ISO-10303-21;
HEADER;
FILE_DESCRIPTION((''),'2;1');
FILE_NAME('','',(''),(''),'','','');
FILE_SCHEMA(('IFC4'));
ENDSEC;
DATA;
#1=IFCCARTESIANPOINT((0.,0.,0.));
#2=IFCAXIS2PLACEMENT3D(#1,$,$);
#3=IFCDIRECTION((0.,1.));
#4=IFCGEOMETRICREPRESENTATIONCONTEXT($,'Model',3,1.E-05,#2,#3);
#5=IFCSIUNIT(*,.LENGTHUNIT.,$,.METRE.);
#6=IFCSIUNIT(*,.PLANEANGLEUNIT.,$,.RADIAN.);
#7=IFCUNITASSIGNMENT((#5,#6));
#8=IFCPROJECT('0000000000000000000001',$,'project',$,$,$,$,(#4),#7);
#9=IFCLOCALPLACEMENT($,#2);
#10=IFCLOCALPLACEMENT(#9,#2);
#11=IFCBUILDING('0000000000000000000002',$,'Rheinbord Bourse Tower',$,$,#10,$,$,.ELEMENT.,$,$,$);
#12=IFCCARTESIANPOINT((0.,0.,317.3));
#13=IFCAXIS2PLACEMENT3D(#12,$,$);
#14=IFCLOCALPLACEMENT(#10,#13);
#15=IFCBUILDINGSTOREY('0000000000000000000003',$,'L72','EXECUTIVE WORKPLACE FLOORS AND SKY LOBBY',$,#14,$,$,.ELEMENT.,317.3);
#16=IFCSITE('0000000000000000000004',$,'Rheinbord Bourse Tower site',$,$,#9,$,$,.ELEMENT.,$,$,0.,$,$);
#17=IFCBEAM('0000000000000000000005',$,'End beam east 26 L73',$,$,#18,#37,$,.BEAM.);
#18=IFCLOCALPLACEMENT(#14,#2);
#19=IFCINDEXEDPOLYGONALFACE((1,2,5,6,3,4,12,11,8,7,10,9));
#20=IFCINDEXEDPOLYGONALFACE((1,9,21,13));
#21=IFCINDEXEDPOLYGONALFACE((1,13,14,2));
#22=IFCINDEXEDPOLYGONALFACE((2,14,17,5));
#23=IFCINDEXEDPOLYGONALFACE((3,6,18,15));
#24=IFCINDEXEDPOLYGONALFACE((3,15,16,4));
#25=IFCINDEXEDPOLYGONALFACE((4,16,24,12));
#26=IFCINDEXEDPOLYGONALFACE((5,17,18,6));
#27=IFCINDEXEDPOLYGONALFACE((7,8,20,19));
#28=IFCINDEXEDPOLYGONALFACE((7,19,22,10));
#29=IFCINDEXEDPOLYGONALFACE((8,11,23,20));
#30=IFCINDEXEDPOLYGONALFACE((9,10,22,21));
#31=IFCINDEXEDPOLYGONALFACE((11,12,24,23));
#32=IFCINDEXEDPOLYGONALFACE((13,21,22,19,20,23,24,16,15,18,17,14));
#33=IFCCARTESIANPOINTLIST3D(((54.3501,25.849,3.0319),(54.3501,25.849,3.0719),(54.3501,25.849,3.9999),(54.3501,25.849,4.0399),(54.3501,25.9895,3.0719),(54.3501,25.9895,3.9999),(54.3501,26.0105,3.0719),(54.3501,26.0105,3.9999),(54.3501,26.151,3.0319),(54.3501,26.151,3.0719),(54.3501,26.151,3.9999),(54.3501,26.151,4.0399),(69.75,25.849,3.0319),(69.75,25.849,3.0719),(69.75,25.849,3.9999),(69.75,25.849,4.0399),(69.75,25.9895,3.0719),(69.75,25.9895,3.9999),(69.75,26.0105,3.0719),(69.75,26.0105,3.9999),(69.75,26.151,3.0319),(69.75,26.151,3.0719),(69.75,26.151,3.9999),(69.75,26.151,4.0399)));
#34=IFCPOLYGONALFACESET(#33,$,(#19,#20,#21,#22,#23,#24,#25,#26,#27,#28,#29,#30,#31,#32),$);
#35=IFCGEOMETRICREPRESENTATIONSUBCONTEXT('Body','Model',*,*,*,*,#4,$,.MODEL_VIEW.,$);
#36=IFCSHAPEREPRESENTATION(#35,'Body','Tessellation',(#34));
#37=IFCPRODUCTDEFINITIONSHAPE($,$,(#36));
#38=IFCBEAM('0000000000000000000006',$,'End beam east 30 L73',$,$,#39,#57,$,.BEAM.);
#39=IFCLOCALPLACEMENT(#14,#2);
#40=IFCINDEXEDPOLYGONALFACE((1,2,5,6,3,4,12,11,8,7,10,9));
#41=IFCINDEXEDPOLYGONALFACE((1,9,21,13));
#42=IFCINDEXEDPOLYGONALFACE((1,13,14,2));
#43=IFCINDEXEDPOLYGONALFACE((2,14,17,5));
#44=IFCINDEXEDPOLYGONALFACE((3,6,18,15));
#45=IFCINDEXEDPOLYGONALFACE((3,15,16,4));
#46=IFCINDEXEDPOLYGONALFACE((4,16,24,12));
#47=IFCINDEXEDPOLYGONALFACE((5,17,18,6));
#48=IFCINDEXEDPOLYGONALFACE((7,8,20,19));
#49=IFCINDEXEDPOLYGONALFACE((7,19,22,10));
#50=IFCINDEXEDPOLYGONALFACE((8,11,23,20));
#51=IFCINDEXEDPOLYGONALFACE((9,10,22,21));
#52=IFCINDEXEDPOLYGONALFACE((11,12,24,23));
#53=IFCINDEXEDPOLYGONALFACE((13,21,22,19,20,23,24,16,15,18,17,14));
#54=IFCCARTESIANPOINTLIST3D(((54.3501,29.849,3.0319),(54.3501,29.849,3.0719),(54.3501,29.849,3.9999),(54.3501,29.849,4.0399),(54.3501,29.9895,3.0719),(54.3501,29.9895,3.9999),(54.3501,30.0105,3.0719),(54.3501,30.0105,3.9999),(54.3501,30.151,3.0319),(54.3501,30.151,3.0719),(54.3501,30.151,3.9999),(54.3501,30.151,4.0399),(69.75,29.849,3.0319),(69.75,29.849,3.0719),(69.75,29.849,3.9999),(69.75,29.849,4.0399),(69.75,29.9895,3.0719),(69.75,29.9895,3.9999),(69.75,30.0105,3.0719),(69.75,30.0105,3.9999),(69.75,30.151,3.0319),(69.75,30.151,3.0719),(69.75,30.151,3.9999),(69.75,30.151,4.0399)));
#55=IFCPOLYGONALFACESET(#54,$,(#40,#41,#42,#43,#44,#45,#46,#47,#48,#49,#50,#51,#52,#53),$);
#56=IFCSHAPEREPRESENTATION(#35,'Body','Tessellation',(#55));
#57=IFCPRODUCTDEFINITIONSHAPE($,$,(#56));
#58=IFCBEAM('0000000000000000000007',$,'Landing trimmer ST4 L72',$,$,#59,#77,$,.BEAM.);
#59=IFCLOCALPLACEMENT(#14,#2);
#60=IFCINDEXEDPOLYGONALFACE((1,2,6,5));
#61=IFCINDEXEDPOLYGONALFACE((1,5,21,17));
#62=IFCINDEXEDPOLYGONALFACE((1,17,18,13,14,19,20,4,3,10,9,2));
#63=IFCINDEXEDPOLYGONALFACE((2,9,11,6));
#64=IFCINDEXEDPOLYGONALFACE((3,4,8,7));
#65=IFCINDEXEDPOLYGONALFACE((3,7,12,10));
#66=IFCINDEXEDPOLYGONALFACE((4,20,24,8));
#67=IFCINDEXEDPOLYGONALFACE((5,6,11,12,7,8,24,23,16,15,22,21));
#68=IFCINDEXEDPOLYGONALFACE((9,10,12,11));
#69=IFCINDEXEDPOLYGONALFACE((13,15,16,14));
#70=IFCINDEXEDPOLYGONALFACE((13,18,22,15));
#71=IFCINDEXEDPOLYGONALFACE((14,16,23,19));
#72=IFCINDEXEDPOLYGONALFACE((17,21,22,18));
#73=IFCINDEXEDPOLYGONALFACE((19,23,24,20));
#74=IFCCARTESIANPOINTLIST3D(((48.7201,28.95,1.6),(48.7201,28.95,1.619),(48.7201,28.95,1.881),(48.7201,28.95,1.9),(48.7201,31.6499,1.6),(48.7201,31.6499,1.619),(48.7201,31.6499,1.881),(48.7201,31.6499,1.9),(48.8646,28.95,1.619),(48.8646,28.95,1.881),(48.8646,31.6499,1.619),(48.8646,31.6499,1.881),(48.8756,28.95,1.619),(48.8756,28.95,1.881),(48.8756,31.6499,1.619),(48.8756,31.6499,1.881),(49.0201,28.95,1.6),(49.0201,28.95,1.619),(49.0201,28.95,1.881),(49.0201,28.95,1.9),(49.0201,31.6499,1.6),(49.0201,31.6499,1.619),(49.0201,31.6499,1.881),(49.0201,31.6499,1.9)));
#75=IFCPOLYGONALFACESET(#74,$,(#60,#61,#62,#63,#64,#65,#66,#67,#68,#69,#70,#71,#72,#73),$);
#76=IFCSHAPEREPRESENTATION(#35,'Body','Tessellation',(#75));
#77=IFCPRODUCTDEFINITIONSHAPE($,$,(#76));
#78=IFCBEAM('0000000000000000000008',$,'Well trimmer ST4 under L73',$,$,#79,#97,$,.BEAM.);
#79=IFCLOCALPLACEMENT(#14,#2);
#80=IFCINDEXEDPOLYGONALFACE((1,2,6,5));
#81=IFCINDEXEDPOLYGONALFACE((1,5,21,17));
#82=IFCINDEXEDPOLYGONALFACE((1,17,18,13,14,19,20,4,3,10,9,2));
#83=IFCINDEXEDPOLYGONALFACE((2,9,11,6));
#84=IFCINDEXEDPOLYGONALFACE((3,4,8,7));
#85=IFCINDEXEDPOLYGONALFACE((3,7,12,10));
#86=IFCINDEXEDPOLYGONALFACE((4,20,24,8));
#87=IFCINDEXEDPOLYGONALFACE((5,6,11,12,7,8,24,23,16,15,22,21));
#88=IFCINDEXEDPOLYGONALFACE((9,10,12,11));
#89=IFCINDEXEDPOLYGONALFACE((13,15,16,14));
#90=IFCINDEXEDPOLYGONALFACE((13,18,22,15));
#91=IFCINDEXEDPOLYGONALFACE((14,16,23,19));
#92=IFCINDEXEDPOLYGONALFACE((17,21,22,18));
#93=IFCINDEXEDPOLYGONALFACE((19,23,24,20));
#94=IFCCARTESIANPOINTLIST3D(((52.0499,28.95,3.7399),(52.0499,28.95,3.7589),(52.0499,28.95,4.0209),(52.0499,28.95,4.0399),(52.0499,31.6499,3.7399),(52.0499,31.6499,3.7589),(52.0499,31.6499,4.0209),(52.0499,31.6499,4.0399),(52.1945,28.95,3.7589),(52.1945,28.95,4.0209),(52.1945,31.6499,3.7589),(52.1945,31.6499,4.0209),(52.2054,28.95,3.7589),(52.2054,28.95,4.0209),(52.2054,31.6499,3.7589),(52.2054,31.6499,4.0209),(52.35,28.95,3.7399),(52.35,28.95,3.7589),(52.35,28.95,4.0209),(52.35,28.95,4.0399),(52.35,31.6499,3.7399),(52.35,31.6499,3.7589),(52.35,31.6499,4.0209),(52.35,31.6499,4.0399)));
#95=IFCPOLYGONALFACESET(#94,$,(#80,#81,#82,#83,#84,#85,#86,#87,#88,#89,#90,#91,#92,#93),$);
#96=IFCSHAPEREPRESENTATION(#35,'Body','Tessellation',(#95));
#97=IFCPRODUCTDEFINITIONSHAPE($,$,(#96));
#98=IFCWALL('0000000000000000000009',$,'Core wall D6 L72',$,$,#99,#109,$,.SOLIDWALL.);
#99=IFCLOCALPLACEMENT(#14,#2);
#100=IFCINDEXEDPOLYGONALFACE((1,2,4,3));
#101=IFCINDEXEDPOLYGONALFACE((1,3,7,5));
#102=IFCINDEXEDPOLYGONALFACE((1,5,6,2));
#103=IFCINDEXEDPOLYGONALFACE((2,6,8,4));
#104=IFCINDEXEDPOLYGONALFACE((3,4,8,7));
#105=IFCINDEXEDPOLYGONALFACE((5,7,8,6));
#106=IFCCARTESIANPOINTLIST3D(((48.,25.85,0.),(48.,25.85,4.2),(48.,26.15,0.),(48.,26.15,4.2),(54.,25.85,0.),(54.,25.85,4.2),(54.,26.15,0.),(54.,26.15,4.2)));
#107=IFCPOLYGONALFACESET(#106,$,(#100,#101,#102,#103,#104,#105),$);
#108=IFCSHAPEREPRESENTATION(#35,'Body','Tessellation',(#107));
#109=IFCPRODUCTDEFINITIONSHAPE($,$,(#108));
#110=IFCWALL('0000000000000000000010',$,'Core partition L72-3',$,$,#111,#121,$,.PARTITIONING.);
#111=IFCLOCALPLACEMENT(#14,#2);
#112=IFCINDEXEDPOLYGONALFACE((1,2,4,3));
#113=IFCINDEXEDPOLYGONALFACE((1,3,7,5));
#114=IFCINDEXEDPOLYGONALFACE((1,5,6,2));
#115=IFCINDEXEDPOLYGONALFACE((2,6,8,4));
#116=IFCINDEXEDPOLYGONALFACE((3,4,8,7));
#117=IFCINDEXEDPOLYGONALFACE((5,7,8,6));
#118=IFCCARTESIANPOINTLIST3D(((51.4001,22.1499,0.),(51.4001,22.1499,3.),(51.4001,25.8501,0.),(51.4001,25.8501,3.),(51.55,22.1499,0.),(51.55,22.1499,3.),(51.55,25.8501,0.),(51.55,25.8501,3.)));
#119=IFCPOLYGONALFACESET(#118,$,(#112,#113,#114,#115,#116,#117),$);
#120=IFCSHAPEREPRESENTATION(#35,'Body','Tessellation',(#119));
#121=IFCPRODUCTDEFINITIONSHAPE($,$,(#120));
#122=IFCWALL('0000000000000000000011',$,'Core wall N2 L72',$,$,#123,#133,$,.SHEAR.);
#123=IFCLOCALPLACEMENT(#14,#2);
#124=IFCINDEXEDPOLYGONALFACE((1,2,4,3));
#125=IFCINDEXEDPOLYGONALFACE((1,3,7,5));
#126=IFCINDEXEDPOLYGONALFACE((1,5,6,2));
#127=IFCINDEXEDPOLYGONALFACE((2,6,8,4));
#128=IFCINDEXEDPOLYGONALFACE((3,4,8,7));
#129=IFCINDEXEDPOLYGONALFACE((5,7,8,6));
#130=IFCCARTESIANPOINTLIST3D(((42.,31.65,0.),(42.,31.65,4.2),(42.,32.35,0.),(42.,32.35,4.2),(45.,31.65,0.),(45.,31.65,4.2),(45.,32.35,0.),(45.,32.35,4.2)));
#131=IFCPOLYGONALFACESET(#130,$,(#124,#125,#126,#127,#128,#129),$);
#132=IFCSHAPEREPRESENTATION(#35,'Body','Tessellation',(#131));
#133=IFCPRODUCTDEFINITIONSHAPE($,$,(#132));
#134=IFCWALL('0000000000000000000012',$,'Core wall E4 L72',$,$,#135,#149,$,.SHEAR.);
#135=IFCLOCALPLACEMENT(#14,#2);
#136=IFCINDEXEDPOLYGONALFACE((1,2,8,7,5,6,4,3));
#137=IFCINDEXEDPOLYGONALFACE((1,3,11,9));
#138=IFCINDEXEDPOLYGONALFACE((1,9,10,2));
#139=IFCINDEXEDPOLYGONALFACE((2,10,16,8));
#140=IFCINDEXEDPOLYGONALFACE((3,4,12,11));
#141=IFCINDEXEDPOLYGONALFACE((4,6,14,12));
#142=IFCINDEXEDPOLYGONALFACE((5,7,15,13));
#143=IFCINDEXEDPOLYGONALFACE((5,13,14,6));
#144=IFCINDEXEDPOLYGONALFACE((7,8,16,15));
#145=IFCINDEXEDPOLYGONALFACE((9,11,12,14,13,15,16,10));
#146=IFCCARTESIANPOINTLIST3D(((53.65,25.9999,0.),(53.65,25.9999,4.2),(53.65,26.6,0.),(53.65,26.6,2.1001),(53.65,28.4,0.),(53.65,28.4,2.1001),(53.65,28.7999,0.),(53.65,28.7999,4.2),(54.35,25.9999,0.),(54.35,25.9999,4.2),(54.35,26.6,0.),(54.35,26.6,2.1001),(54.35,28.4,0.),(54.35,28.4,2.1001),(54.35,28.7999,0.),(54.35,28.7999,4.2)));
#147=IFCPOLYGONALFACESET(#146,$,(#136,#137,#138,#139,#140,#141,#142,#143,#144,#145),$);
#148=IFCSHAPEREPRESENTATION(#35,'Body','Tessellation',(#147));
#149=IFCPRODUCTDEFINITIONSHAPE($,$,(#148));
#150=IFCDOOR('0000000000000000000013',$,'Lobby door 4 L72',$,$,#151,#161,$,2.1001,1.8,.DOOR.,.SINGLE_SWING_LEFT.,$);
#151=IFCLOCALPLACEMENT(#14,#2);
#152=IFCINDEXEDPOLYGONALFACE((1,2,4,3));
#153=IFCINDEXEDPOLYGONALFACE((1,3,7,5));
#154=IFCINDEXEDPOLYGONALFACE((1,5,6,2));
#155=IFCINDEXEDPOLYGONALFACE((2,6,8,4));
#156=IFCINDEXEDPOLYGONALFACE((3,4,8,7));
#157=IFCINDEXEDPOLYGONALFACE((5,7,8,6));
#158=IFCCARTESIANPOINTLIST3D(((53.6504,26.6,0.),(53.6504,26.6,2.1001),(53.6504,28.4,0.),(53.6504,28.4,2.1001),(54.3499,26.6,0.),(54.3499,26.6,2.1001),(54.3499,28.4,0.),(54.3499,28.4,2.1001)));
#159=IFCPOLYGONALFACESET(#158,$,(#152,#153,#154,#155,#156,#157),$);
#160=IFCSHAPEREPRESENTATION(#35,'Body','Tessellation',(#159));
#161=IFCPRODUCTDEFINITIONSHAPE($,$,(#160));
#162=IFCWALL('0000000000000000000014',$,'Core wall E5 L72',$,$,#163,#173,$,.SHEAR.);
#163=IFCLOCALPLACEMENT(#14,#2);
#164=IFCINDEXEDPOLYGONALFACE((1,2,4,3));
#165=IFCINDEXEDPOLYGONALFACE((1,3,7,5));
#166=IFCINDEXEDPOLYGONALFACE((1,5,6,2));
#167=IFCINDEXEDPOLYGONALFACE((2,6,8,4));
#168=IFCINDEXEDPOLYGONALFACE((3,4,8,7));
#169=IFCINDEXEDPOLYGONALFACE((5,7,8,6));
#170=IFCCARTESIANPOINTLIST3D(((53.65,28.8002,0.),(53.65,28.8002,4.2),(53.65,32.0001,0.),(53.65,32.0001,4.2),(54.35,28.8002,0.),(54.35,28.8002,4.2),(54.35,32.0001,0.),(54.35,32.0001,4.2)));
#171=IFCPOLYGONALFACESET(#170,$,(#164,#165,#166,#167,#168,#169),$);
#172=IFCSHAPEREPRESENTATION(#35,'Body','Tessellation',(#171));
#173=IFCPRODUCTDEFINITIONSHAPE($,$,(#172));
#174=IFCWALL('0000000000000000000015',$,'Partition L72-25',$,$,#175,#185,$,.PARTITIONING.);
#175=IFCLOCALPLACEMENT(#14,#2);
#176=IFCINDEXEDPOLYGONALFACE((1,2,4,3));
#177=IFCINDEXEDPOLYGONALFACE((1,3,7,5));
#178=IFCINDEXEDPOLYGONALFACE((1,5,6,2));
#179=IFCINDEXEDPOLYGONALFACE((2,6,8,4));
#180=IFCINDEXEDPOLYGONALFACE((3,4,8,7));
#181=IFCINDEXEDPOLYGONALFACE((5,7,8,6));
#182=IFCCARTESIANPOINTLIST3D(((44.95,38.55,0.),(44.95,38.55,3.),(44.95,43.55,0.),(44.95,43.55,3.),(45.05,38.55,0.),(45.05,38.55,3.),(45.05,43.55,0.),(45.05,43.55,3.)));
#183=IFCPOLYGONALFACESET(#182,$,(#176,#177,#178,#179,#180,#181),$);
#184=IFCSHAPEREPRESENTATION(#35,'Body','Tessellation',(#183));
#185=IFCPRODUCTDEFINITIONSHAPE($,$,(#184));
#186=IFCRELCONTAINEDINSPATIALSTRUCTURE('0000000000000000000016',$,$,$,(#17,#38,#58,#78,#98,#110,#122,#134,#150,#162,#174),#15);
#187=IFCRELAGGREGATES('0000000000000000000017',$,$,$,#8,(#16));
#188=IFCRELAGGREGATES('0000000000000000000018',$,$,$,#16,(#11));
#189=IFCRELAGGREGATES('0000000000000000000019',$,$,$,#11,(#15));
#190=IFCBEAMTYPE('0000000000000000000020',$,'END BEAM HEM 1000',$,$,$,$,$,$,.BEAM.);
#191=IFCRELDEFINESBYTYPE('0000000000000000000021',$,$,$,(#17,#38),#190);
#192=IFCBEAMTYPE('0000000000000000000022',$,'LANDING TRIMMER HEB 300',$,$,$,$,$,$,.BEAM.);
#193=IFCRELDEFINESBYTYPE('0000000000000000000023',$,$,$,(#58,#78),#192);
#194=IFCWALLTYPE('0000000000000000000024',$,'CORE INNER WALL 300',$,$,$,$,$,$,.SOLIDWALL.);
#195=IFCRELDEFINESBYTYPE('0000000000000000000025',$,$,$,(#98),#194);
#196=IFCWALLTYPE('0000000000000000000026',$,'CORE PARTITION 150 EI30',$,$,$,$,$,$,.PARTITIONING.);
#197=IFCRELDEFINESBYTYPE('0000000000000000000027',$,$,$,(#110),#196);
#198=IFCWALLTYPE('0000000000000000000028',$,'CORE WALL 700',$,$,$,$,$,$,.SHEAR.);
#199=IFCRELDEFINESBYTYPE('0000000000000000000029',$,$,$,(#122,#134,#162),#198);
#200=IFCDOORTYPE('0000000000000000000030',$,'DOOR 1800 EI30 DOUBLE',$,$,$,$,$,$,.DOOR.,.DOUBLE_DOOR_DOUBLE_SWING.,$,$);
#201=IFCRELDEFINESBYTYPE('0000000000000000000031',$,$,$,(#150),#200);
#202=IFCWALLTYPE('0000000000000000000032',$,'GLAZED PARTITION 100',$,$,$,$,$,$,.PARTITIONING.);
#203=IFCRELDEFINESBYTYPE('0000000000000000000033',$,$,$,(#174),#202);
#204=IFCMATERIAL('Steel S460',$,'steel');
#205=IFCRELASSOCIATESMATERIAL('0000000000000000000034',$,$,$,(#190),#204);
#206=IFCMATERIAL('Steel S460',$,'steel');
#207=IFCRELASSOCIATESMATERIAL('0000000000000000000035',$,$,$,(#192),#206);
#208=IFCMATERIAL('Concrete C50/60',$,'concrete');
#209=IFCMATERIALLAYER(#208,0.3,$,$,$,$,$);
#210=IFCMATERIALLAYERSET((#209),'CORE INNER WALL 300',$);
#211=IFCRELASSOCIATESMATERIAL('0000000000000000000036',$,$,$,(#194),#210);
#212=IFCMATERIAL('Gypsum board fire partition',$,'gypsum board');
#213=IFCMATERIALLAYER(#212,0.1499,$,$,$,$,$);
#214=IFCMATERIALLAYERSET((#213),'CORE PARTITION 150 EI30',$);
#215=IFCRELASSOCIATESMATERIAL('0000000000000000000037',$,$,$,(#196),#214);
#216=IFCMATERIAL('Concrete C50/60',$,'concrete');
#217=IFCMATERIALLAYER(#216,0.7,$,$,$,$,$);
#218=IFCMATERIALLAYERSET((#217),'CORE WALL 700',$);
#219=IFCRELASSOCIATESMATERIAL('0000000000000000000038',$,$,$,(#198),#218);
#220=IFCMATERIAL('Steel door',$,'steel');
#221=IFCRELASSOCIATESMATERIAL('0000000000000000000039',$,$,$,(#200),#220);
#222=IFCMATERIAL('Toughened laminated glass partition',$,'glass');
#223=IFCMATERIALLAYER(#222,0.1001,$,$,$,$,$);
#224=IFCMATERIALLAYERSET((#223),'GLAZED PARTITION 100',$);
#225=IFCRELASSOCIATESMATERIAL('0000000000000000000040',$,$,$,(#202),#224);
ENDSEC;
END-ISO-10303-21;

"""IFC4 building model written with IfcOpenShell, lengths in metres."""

from ifc_helpers import new_model, si_unit, direction, frame, frame_2d, origin, origin_2d, place, context, subcontext, project, spatial, rectangle, i_section, extrude, material, layer, layer_set, material_profile, profile_set, type_object, element, fill, save


model = new_model("IFC4")

# Units and contexts
model_context = context("Model", 3, precision=1e-05, world=origin(), true_north=direction((0.0, 1.0)))
body_context = subcontext(model_context, "Body", "Model", "MODEL_VIEW")
ifc_project = project(units=[si_unit("LENGTHUNIT", "METRE"), si_unit("PLANEANGLEUNIT", "RADIAN")], contexts=[model_context])

# Site, building, storey
site_placement = place(None, origin())
site = spatial("IfcSite", under=ifc_project, at=site_placement, Name="Rheinbord Bourse Tower site", CompositionType="ELEMENT", RefElevation=0.0)
building_placement = place(site_placement, origin())
building = spatial("IfcBuilding", under=site, at=building_placement, Name="Rheinbord Bourse Tower", CompositionType="ELEMENT")
storey_placement = place(building_placement, frame((0.0, 0.0, 317.3)))
storey = spatial("IfcBuildingStorey", under=building, at=storey_placement, Name="L72", Description="EXECUTIVE WORKPLACE FLOORS AND SKY LOBBY", CompositionType="ELEMENT", Elevation=317.3)

# Beams
ifc_material_1 = material(Name="Steel S460", Category="steel")
ifc_material_profile_1 = material_profile(ifc_material_1, i_section(OverallWidth=0.302, OverallDepth=1.0081, WebThickness=0.021, FlangeThickness=0.04, at=origin_2d()), Name="HEM 1000")
ifc_profile_set_1 = profile_set([ifc_material_profile_1], Name="Steel S460")
beam_type_1 = type_object("IfcBeamType", Name="END BEAM HEM 1000", PredefinedType="BEAM", material=ifc_profile_set_1)
for number, where, z_axis, x_axis, name in (
    (1, (54.3501, 26.0, 3.5359), (1.0, 0.0, 0.0), (0.0, 1.0, 0.0), "End beam east 26 L73"),
    (2, (54.3501, 30.0, 3.5359), (1.0, 0.0, 0.0), (0.0, 1.0, 0.0), "End beam east 30 L73"),
):
    element("IfcBeam", number, at=place(storey_placement, frame(where, z_axis=z_axis, x_axis=x_axis)), inside=storey, type_object=beam_type_1, Name=name, PredefinedType="BEAM", context=body_context, shape_type="SweptSolid", body=[
        extrude(i_section(OverallWidth=0.302, OverallDepth=1.0081, WebThickness=0.021, FlangeThickness=0.04, at=origin_2d()), origin(), (0.0, 0.0, 1.0), 15.3999),
    ])
ifc_material_2 = material(Name="Steel S460", Category="steel")
ifc_material_profile_2 = material_profile(ifc_material_2, i_section(OverallWidth=0.3, OverallDepth=0.3, WebThickness=0.011, FlangeThickness=0.019, at=origin_2d()), Name="HEB 300")
ifc_profile_set_2 = profile_set([ifc_material_profile_2], Name="Steel S460")
beam_type_2 = type_object("IfcBeamType", Name="LANDING TRIMMER HEB 300", PredefinedType="BEAM", material=ifc_profile_set_2)
for number, where, z_axis, x_axis, name in (
    (3, (48.8701, 28.95, 1.75), (0.0, 1.0, 0.0), (-1.0, 0.0, 0.0), "Landing trimmer ST4 L72"),
    (4, (52.2, 28.95, 3.8899), (0.0, 1.0, 0.0), (-1.0, 0.0, 0.0), "Well trimmer ST4 under L73"),
):
    element("IfcBeam", number, at=place(storey_placement, frame(where, z_axis=z_axis, x_axis=x_axis)), inside=storey, type_object=beam_type_2, Name=name, PredefinedType="BEAM", context=body_context, shape_type="SweptSolid", body=[
        extrude(i_section(OverallWidth=0.3, OverallDepth=0.3, WebThickness=0.011, FlangeThickness=0.019, at=origin_2d()), origin(), (0.0, 0.0, 1.0), 2.7),
    ])

# Walls
ifc_material_3 = material(Name="Concrete C50/60", Category="concrete")
ifc_layer_1 = layer(ifc_material_3, 0.3)
ifc_layer_set_1 = layer_set([ifc_layer_1], Name="CORE INNER WALL 300")
wall_type_1 = type_object("IfcWallType", Name="CORE INNER WALL 300", PredefinedType="SOLIDWALL", material=ifc_layer_set_1)
wall_1_placement = place(storey_placement, frame((48.0, 26.0, 0.0), z_axis=(0.0, 0.0, 1.0), x_axis=(1.0, 0.0, 0.0)))
element("IfcWall", 5, at=wall_1_placement, inside=storey, type_object=wall_type_1, Name="Core wall D6 L72", PredefinedType="SOLIDWALL", context=body_context, shape_type="SweptSolid", body=[
    extrude(rectangle(XDim=6.0, YDim=0.3, at=frame_2d((3.0, 0.0))), origin(), (0.0, 0.0, 1.0), 4.2),
])
ifc_material_4 = material(Name="Gypsum board fire partition", Category="gypsum board")
ifc_layer_2 = layer(ifc_material_4, 0.1499)
ifc_layer_set_2 = layer_set([ifc_layer_2], Name="CORE PARTITION 150 EI30")
wall_type_2 = type_object("IfcWallType", Name="CORE PARTITION 150 EI30", PredefinedType="PARTITIONING", material=ifc_layer_set_2)
wall_2_placement = place(storey_placement, frame((51.4751, 22.1499, 0.0), z_axis=(0.0, 0.0, 1.0), x_axis=(0.0, 1.0, 0.0)))
element("IfcWall", 6, at=wall_2_placement, inside=storey, type_object=wall_type_2, Name="Core partition L72-3", PredefinedType="PARTITIONING", context=body_context, shape_type="SweptSolid", body=[
    extrude(rectangle(XDim=3.7002, YDim=0.1499, at=frame_2d((1.8501, 0.0))), origin(), (0.0, 0.0, 1.0), 3.0),
])
ifc_material_5 = material(Name="Concrete C50/60", Category="concrete")
ifc_layer_3 = layer(ifc_material_5, 0.7)
ifc_layer_set_3 = layer_set([ifc_layer_3], Name="CORE WALL 700")
wall_type_3 = type_object("IfcWallType", Name="CORE WALL 700", PredefinedType="SHEAR", material=ifc_layer_set_3)
wall_3_placement = place(storey_placement, frame((45.0, 32.0, 0.0), z_axis=(0.0, 0.0, 1.0), x_axis=(-1.0, 0.0, 0.0)))
element("IfcWall", 7, at=wall_3_placement, inside=storey, type_object=wall_type_3, Name="Core wall N2 L72", PredefinedType="SHEAR", context=body_context, shape_type="SweptSolid", body=[
    extrude(rectangle(XDim=3.0, YDim=0.7, at=frame_2d((1.5, 0.0))), origin(), (0.0, 0.0, 1.0), 4.2),
])

# Wall, opening, door
wall_4_placement = place(storey_placement, frame((54.0, 26.0, 0.0), z_axis=(0.0, 0.0, 1.0), x_axis=(0.0, 1.0, 0.0)))
wall_4 = element("IfcWall", 8, at=wall_4_placement, inside=storey, type_object=wall_type_3, Name="Core wall E4 L72", PredefinedType="SHEAR", context=body_context, shape_type="SweptSolid", body=[
    extrude(rectangle(XDim=2.8, YDim=0.7, at=frame_2d((1.3999, 0.0))), origin(), (0.0, 0.0, 1.0), 4.2),
])
opening_1_placement = place(wall_4_placement, frame((0.6001, 0.0, 0.0)))
opening_1 = element("IfcOpeningElement", 9, at=opening_1_placement, cuts=wall_4, PredefinedType="OPENING", context=body_context, shape_type="SweptSolid", body=[
    extrude(rectangle(XDim=1.8, YDim=2.1001, at=frame_2d((0.8999, 1.05))), frame((0.0, 0.3599, 0.0), z_axis=(0.0, -1.0, 0.0), x_axis=(1.0, 0.0, 0.0)), (0.0, 0.0, 1.0), 0.72),
])
ifc_material_6 = material(Name="Steel door", Category="steel")
door_type_1 = type_object("IfcDoorType", Name="DOOR 1800 EI30 DOUBLE", OperationType="DOUBLE_DOOR_DOUBLE_SWING", PredefinedType="DOOR", material=ifc_material_6)
door_1_placement = place(opening_1_placement, origin())
door_1 = element("IfcDoor", 10, at=door_1_placement, inside=storey, type_object=door_type_1, Name="Lobby door 4 L72", OperationType="SINGLE_SWING_LEFT", OverallHeight=2.1001, OverallWidth=1.8, PredefinedType="DOOR", context=body_context, shape_type="SweptSolid", body=[
    extrude(rectangle(XDim=1.8, YDim=2.1001, at=frame_2d((0.8999, 1.05))), frame((0.0, 0.3496, 0.0), z_axis=(0.0, -1.0, 0.0), x_axis=(1.0, 0.0, 0.0)), (0.0, 0.0, 1.0), 0.6995),
])
fill(opening_1, door_1)

# Walls
wall_5_placement = place(storey_placement, frame((54.0, 28.8, 0.0), z_axis=(0.0, 0.0, 1.0), x_axis=(0.0, 1.0, 0.0)))
element("IfcWall", 11, at=wall_5_placement, inside=storey, type_object=wall_type_3, Name="Core wall E5 L72", PredefinedType="SHEAR", context=body_context, shape_type="SweptSolid", body=[
    extrude(rectangle(XDim=3.2, YDim=0.7, at=frame_2d((1.6001, 0.0))), origin(), (0.0, 0.0, 1.0), 4.2),
])
ifc_material_7 = material(Name="Toughened laminated glass partition", Category="glass")
ifc_layer_4 = layer(ifc_material_7, 0.1001)
ifc_layer_set_4 = layer_set([ifc_layer_4], Name="GLAZED PARTITION 100")
wall_type_4 = type_object("IfcWallType", Name="GLAZED PARTITION 100", PredefinedType="PARTITIONING", material=ifc_layer_set_4)
wall_6_placement = place(storey_placement, frame((45.0, 38.55, 0.0), z_axis=(0.0, 0.0, 1.0), x_axis=(0.0, 1.0, 0.0)))
element("IfcWall", 12, at=wall_6_placement, inside=storey, type_object=wall_type_4, Name="Partition L72-25", PredefinedType="PARTITIONING", context=body_context, shape_type="SweptSolid", body=[
    extrude(rectangle(XDim=5.0, YDim=0.1001, at=frame_2d((2.5, 0.0))), origin(), (0.0, 0.0, 1.0), 3.0),
])

save(model, "model.ifc")
